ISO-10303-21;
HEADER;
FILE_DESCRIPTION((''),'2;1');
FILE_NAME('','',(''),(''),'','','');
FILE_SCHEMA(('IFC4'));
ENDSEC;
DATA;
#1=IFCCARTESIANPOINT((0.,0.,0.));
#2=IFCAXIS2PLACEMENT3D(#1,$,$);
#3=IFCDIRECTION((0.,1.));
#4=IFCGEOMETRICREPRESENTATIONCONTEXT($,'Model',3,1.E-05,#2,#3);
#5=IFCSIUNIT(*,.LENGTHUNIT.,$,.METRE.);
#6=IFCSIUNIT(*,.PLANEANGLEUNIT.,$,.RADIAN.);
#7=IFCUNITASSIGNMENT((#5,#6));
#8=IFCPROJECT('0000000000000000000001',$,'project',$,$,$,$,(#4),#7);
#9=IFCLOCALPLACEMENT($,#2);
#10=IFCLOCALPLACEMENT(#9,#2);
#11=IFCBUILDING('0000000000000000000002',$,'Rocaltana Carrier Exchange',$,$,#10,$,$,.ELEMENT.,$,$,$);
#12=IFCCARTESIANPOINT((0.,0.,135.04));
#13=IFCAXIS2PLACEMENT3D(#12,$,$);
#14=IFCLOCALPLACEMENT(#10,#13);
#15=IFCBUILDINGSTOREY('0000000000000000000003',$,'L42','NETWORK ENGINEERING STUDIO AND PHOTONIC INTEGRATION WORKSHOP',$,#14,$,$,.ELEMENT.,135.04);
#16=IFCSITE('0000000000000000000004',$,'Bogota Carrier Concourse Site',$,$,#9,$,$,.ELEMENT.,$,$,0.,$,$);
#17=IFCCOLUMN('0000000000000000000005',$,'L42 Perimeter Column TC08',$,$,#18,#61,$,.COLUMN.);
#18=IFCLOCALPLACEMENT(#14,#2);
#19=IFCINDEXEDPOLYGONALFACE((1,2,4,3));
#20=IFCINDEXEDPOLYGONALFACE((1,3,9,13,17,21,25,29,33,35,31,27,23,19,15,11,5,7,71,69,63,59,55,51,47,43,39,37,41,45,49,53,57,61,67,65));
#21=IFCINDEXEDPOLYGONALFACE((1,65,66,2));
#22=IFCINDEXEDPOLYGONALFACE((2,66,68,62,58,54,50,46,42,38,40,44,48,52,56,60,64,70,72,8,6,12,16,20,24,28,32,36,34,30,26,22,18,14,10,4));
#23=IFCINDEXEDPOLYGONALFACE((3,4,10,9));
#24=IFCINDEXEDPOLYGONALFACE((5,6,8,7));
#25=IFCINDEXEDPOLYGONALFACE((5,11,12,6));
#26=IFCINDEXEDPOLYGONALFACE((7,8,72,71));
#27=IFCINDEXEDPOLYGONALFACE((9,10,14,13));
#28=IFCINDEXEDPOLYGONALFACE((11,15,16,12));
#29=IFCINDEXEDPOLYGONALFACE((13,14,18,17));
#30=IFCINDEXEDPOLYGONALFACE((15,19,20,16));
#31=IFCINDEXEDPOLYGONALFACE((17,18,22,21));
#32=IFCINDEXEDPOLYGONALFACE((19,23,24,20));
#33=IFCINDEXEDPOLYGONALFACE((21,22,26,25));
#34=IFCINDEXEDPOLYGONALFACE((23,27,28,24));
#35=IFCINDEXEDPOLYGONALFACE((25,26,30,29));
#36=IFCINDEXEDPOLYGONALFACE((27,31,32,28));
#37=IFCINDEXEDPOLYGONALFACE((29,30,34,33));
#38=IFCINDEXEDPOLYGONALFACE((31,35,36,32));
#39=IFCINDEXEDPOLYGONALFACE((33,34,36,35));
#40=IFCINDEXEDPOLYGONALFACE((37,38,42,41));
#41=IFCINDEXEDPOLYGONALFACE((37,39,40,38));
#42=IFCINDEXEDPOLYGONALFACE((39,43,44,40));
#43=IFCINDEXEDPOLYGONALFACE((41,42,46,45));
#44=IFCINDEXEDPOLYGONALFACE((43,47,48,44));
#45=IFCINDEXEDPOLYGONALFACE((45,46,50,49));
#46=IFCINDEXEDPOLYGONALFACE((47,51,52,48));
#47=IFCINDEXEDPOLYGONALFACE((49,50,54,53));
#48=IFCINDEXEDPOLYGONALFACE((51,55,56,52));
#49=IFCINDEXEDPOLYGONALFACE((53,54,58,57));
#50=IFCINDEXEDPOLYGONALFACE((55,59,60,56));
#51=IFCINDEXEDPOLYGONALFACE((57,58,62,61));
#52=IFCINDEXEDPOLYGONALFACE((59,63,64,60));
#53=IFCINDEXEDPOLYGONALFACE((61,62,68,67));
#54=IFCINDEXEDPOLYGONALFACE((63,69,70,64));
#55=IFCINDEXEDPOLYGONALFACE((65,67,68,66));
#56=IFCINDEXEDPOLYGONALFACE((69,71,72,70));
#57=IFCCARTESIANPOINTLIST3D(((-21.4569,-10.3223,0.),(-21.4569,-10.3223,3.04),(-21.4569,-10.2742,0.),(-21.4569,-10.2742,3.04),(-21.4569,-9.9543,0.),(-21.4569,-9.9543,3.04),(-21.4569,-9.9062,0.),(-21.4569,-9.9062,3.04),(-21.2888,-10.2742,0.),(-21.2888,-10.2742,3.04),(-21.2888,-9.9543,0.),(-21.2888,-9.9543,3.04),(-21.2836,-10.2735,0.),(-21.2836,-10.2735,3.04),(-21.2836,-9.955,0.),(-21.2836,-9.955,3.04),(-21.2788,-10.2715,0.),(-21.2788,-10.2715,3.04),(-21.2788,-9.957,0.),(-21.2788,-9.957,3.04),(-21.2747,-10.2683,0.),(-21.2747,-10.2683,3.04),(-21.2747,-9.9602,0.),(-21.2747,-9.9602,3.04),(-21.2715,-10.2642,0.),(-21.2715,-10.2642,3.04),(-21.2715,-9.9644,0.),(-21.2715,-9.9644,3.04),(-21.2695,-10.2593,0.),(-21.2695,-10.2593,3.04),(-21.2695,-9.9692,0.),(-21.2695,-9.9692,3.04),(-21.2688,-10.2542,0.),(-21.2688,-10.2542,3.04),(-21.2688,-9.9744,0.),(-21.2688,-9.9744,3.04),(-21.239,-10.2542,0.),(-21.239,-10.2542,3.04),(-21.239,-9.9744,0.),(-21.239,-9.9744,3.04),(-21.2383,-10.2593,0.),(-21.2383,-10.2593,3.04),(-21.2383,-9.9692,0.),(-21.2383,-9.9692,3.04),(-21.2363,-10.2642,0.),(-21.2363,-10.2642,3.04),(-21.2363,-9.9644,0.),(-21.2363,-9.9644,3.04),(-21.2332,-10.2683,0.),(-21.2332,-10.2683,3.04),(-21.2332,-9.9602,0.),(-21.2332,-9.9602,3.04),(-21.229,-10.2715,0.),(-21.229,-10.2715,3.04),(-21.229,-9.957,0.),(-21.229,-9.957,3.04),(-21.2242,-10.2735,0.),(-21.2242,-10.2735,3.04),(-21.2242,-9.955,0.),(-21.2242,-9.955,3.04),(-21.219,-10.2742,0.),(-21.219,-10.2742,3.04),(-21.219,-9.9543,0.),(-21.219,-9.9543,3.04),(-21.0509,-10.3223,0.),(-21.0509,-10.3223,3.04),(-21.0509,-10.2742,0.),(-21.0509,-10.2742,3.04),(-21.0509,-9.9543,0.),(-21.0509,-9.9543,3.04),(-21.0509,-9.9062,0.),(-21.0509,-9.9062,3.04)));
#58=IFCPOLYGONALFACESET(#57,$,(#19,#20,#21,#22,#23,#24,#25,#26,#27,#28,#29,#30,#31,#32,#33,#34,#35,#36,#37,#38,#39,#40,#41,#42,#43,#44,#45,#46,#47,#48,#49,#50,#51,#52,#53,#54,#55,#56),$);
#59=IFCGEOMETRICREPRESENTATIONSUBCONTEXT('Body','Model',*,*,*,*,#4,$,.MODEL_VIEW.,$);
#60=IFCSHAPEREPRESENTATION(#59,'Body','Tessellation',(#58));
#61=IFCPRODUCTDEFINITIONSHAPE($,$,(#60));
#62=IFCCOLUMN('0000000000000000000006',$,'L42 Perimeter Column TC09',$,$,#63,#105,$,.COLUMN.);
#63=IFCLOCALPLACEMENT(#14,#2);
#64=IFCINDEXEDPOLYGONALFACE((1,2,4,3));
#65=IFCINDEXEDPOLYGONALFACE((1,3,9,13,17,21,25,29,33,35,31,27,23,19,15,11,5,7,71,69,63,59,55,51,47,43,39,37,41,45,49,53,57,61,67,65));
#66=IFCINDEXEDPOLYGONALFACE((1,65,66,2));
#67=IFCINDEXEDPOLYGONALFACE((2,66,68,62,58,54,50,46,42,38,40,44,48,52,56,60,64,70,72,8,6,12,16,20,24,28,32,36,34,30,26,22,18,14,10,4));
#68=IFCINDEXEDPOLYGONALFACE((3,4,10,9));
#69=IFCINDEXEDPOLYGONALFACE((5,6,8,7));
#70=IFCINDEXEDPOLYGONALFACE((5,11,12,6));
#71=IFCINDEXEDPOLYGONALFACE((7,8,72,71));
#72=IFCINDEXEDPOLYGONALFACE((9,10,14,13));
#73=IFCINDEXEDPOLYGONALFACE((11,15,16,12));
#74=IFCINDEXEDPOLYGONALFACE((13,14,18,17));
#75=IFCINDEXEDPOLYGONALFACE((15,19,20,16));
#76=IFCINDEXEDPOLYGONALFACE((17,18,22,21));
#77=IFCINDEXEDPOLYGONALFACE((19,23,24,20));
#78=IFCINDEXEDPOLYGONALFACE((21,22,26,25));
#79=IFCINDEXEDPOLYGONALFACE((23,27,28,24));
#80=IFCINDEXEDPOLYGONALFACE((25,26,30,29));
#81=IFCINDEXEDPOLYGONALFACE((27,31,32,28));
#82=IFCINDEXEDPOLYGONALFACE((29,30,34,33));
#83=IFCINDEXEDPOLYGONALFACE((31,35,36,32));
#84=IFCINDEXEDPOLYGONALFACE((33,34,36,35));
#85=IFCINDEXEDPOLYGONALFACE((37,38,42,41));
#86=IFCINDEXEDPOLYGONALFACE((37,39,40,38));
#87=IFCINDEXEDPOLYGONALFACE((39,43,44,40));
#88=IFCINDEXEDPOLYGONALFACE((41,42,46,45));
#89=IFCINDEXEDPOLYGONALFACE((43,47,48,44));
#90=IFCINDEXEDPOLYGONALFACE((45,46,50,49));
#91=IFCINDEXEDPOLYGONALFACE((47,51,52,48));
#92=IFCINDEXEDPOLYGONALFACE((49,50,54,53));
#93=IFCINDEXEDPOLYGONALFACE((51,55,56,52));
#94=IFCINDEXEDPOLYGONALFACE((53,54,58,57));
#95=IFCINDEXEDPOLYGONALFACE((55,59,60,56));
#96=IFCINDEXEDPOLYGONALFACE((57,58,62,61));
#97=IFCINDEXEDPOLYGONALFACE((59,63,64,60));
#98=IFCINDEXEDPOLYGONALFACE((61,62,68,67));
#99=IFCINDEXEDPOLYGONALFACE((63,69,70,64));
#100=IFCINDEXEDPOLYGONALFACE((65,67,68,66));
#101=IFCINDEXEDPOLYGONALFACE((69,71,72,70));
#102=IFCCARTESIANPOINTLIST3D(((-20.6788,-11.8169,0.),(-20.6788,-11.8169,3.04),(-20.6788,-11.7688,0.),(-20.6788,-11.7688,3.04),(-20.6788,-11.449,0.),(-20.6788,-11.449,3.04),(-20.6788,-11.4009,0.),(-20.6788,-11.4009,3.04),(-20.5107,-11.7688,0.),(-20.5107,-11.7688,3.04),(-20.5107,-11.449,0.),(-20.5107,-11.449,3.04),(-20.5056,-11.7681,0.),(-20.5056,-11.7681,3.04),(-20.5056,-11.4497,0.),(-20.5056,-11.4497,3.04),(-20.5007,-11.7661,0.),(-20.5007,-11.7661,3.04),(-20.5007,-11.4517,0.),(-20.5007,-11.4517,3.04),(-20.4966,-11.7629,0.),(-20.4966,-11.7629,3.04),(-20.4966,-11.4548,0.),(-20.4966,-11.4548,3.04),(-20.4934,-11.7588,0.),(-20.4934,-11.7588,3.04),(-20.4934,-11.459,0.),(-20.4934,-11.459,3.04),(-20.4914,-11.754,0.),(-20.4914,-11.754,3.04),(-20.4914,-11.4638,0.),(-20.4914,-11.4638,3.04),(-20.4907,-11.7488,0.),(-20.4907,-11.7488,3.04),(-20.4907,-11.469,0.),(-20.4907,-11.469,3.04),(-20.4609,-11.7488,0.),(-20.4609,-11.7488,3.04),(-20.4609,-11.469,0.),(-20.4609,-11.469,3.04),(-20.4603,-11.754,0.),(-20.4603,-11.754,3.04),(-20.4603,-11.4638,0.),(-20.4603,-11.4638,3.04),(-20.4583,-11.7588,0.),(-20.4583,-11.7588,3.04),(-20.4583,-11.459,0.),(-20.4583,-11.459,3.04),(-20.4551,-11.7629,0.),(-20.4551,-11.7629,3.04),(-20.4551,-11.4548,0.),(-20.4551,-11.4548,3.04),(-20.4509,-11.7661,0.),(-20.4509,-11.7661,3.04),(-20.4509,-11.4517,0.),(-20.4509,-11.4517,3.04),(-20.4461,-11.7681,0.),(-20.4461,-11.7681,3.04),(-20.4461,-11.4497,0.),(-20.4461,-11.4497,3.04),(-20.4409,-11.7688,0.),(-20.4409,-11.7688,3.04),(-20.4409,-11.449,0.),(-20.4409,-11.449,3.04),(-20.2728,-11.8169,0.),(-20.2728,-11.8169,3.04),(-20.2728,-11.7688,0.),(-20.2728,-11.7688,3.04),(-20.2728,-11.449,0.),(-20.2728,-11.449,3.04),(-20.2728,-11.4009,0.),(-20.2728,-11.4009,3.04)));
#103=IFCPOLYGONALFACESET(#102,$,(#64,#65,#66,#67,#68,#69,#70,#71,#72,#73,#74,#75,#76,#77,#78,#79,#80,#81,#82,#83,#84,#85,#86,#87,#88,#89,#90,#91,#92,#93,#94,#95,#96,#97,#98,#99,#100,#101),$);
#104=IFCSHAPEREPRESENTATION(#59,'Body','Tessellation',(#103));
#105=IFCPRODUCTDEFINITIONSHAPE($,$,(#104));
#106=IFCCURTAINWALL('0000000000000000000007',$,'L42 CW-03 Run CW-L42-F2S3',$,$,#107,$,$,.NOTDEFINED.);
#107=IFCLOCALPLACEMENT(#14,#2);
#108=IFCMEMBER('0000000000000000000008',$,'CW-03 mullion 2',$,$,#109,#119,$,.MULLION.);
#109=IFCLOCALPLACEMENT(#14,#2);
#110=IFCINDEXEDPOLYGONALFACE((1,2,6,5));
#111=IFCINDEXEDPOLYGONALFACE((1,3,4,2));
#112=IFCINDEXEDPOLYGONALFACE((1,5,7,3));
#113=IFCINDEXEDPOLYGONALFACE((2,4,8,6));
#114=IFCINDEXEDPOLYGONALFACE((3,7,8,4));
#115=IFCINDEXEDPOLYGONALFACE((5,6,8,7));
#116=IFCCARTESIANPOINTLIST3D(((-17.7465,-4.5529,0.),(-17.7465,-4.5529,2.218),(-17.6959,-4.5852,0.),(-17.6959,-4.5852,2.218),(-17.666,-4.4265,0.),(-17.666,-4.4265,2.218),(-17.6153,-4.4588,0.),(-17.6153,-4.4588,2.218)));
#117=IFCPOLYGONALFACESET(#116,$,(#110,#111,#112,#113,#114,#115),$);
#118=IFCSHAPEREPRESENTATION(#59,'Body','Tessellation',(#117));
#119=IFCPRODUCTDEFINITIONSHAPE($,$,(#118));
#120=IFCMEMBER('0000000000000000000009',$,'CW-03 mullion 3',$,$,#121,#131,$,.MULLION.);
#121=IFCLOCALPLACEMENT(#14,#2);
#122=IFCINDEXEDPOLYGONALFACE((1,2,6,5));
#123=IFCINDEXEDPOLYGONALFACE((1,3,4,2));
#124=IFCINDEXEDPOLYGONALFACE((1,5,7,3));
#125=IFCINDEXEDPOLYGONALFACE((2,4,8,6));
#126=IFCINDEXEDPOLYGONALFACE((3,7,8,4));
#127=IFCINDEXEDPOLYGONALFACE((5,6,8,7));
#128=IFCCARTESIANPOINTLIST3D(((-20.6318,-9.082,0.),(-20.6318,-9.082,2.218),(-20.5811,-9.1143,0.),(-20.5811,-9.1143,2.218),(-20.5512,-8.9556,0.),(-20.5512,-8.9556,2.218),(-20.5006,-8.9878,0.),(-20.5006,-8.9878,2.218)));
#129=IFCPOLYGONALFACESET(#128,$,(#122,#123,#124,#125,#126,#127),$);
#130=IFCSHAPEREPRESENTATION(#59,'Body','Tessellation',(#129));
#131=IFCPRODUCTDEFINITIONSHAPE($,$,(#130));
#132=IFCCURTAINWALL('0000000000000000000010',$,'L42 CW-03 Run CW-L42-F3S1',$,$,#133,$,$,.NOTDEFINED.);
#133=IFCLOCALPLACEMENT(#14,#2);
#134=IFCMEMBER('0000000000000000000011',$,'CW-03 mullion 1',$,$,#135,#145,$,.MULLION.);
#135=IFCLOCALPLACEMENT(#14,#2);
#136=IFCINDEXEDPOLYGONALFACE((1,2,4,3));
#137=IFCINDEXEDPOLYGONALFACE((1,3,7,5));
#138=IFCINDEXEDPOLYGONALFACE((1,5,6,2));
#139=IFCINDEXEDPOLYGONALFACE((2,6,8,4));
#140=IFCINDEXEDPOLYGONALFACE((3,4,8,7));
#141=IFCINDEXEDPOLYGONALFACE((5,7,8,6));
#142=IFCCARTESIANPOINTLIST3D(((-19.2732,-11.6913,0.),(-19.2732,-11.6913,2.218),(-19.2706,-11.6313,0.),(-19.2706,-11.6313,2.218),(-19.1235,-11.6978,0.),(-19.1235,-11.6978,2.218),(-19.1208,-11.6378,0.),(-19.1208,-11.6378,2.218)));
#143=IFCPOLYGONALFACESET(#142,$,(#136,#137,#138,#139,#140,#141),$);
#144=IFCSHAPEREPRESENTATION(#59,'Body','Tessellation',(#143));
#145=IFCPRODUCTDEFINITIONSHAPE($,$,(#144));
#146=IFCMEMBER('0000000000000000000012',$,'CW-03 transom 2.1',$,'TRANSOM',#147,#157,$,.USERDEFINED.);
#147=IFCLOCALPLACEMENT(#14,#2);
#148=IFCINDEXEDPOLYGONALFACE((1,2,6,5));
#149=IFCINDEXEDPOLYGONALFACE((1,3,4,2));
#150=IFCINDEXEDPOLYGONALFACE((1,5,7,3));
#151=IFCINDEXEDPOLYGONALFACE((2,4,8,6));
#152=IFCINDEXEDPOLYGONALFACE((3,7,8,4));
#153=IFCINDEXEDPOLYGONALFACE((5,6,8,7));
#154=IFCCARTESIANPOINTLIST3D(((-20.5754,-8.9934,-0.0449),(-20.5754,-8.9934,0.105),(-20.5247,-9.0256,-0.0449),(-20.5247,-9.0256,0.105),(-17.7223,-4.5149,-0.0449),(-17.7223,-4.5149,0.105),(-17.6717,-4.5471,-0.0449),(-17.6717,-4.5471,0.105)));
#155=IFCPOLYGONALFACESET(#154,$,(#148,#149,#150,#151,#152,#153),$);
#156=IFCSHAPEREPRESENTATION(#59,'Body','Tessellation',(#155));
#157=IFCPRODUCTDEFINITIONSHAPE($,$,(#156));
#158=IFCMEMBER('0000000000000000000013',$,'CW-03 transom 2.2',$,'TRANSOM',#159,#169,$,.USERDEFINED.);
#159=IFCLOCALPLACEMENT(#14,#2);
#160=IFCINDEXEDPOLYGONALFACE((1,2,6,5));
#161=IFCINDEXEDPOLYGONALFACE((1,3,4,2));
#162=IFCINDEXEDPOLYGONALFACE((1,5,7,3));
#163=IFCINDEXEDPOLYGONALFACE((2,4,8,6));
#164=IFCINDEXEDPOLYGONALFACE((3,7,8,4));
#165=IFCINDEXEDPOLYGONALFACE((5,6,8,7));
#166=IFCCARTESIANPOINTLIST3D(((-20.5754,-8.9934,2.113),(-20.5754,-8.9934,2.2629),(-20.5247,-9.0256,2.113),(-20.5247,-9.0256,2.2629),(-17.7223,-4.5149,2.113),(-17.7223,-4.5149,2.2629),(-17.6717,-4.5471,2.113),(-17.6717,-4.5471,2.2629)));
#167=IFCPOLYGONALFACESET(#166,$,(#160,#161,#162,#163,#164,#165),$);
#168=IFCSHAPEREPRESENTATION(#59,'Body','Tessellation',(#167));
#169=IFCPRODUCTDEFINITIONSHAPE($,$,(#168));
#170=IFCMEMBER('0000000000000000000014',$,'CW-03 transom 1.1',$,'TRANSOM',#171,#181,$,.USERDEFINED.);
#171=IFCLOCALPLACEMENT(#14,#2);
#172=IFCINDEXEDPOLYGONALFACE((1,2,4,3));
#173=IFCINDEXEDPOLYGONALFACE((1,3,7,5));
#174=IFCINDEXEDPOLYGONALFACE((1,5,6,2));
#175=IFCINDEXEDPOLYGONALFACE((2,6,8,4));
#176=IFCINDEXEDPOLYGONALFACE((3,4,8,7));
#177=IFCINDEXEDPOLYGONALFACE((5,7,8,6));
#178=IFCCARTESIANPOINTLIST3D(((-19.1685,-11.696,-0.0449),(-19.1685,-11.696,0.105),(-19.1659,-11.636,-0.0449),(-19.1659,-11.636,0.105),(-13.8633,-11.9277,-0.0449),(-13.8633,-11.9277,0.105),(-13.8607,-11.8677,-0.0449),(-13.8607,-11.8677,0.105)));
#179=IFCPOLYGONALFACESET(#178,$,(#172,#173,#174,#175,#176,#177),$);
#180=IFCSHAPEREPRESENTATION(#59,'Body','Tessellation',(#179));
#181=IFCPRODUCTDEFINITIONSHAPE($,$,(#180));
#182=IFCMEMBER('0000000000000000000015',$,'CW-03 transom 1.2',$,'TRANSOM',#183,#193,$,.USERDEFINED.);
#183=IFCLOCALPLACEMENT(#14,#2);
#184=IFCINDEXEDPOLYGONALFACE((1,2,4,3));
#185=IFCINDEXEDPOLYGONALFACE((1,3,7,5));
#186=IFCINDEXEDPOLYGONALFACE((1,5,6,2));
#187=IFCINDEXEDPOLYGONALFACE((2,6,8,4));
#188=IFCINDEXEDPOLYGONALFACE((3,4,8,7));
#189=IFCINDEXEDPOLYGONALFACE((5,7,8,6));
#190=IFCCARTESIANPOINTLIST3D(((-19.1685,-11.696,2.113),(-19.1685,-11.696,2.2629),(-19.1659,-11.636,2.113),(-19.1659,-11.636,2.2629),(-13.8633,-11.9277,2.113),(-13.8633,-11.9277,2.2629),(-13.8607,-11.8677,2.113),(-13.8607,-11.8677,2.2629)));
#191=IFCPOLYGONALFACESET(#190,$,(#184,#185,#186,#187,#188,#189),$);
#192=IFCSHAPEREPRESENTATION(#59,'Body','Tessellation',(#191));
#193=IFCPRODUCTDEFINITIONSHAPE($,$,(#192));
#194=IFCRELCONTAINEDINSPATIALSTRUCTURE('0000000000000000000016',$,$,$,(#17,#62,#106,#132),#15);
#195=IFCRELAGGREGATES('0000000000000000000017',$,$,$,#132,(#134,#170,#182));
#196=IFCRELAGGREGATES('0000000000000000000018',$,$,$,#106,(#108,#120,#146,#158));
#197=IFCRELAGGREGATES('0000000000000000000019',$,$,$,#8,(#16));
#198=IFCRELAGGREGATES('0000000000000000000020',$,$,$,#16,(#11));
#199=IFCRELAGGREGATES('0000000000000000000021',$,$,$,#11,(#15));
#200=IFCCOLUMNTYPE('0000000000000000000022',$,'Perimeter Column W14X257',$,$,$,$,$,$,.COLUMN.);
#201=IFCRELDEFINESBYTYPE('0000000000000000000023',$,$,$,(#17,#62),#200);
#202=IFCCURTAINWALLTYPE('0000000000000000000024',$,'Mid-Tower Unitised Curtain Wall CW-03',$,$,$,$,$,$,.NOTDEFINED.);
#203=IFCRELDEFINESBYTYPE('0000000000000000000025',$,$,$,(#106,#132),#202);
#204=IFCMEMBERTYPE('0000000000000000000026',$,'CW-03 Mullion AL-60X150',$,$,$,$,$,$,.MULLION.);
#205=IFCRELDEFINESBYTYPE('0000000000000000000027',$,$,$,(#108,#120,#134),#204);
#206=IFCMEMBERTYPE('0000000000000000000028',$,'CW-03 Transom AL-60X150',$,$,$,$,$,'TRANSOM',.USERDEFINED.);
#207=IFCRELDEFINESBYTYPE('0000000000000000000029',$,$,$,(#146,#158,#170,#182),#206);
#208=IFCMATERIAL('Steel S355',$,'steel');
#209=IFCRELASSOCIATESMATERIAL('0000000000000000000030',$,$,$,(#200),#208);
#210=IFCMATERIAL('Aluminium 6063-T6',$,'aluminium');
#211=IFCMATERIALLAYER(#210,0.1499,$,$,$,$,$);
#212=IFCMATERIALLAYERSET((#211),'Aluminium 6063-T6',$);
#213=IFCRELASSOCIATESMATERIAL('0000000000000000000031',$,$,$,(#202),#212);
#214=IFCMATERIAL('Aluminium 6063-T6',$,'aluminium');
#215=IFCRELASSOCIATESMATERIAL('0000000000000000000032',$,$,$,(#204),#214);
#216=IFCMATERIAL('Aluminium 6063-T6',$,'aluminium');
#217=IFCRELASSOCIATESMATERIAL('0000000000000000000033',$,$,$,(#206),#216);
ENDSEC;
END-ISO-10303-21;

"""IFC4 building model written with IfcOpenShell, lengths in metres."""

from ifc_helpers import new_model, si_unit, direction, frame, origin, origin_2d, place, context, subcontext, project, spatial, rectangle, i_section, extrude, material, layer, layer_set, material_profile, profile_set, type_object, element, aggregate, save


model = new_model("IFC4")

# Units and contexts
model_context = context("Model", 3, precision=1e-05, world=origin(), true_north=direction((0.0, 1.0)))
body_context = subcontext(model_context, "Body", "Model", "MODEL_VIEW")
ifc_project = project(units=[si_unit("LENGTHUNIT", "METRE"), si_unit("PLANEANGLEUNIT", "RADIAN")], contexts=[model_context])

# Site, building, storey
site_placement = place(None, origin())
site = spatial("IfcSite", under=ifc_project, at=site_placement, Name="Bogota Carrier Concourse Site", CompositionType="ELEMENT", RefElevation=0.0)
building_placement = place(site_placement, origin())
building = spatial("IfcBuilding", under=site, at=building_placement, Name="Rocaltana Carrier Exchange", CompositionType="ELEMENT")
storey_placement = place(building_placement, frame((0.0, 0.0, 135.04)))
storey = spatial("IfcBuildingStorey", under=building, at=storey_placement, Name="L42", Description="NETWORK ENGINEERING STUDIO AND PHOTONIC INTEGRATION WORKSHOP", CompositionType="ELEMENT", Elevation=135.04)

# Columns
ifc_material_1 = material(Name="Steel S355", Category="steel")
ifc_material_profile_1 = material_profile(ifc_material_1, i_section(OverallWidth=0.406, OverallDepth=0.416, WebThickness=0.0298, FlangeThickness=0.0481, FilletRadius=0.02, at=origin_2d()), Name="W14X257")
ifc_profile_set_1 = profile_set([ifc_material_profile_1], Name="Steel S355")
column_type = type_object("IfcColumnType", Name="Perimeter Column W14X257", PredefinedType="COLUMN", material=ifc_profile_set_1)
for number, where, z_axis, x_axis, name in (
    (1, (-21.2539, -10.1143, 0.0), (0.0, 0.0, 1.0), (1.0, 0.0, 0.0), "L42 Perimeter Column TC08"),
    (2, (-20.4758, -11.6089, 0.0), (0.0, 0.0, 1.0), (1.0, 0.0, 0.0), "L42 Perimeter Column TC09"),
):
    element("IfcColumn", number, at=place(storey_placement, frame(where, z_axis=z_axis, x_axis=x_axis)), inside=storey, type_object=column_type, Name=name, PredefinedType="COLUMN", context=body_context, shape_type="SweptSolid", body=[
        extrude(i_section(OverallWidth=0.406, OverallDepth=0.416, WebThickness=0.0298, FlangeThickness=0.0481, FilletRadius=0.02, at=origin_2d()), origin(), (0.0, 0.0, 1.0), 3.04),
    ])

# Curtain wall, members
ifc_material_2 = material(Name="Aluminium 6063-T6", Category="aluminium")
ifc_layer_1 = layer(ifc_material_2, 0.1499)
ifc_layer_set_1 = layer_set([ifc_layer_1], Name="Aluminium 6063-T6")
curtain_wall_type = type_object("IfcCurtainWallType", Name="Mid-Tower Unitised Curtain Wall CW-03", PredefinedType="NOTDEFINED", material=ifc_layer_set_1)
curtain_wall_1_placement = place(storey_placement, origin())
curtain_wall_1 = element("IfcCurtainWall", 3, at=curtain_wall_1_placement, inside=storey, type_object=curtain_wall_type, Name="L42 CW-03 Run CW-L42-F2S3", PredefinedType="NOTDEFINED")
ifc_material_3 = material(Name="Aluminium 6063-T6", Category="aluminium")
ifc_material_profile_2 = material_profile(ifc_material_3, rectangle(XDim=0.0601, YDim=0.1499, at=origin_2d()), Name="AL-60X150")
ifc_profile_set_2 = profile_set([ifc_material_profile_2], Name="Aluminium 6063-T6")
member_type_1 = type_object("IfcMemberType", Name="CW-03 Mullion AL-60X150", PredefinedType="MULLION", material=ifc_profile_set_2)
member_1_placement = place(storey_placement, frame((-17.6809, -4.5059, 0.0), z_axis=(0.0, 0.0, 1.0), x_axis=(0.843391, -0.537301, 0.0)))
member_1 = element("IfcMember", 4, at=member_1_placement, type_object=member_type_1, Name="CW-03 mullion 2", PredefinedType="MULLION", context=body_context, shape_type="SweptSolid", body=[
    extrude(rectangle(XDim=0.0601, YDim=0.1499, at=origin_2d()), origin(), (0.0, 0.0, 1.0), 2.218),
])
member_2_placement = place(storey_placement, frame((-20.5662, -9.0349, 0.0), z_axis=(0.0, 0.0, 1.0), x_axis=(0.843391, -0.537301, 0.0)))
member_2 = element("IfcMember", 5, at=member_2_placement, type_object=member_type_1, Name="CW-03 mullion 3", PredefinedType="MULLION", context=body_context, shape_type="SweptSolid", body=[
    extrude(rectangle(XDim=0.0601, YDim=0.1499, at=origin_2d()), origin(), (0.0, 0.0, 1.0), 2.218),
])

# Curtain wall, member
curtain_wall_2_placement = place(storey_placement, origin())
curtain_wall_2 = element("IfcCurtainWall", 6, at=curtain_wall_2_placement, inside=storey, type_object=curtain_wall_type, Name="L42 CW-03 Run CW-L42-F3S1", PredefinedType="NOTDEFINED")
member_3_placement = place(storey_placement, frame((-19.197, -11.6646, 0.0), z_axis=(0.0, 0.0, 1.0), x_axis=(0.043629, 0.999048, 0.0)))
member_3 = element("IfcMember", 7, at=member_3_placement, type_object=member_type_1, Name="CW-03 mullion 1", PredefinedType="MULLION", context=body_context, shape_type="SweptSolid", body=[
    extrude(rectangle(XDim=0.0601, YDim=0.1499, at=origin_2d()), origin(), (0.0, 0.0, 1.0), 2.218),
])

# Members
ifc_material_4 = material(Name="Aluminium 6063-T6", Category="aluminium")
ifc_material_profile_3 = material_profile(ifc_material_4, rectangle(XDim=0.0601, YDim=0.1499, at=origin_2d()), Name="AL-60X150")
ifc_profile_set_3 = profile_set([ifc_material_profile_3], Name="Aluminium 6063-T6")
member_type_2 = type_object("IfcMemberType", Name="CW-03 Transom AL-60X150", ElementType="TRANSOM", PredefinedType="USERDEFINED", material=ifc_profile_set_3)
member_4_placement = place(storey_placement, frame((-17.697, -4.531, 0.03), z_axis=(-0.537286, -0.8434, 0.0), x_axis=(0.8434, -0.537286, 0.0)))
member_4 = element("IfcMember", 8, at=member_4_placement, type_object=member_type_2, Name="CW-03 transom 2.1", ObjectType="TRANSOM", PredefinedType="USERDEFINED", context=body_context, shape_type="SweptSolid", body=[
    extrude(rectangle(XDim=0.0601, YDim=0.1499, at=origin_2d()), origin(), (0.0, 0.0, 1.0), 5.3101),
])
member_5_placement = place(storey_placement, frame((-17.697, -4.531, 2.188), z_axis=(-0.537286, -0.8434, 0.0), x_axis=(0.8434, -0.537286, 0.0)))
member_5 = element("IfcMember", 9, at=member_5_placement, type_object=member_type_2, Name="CW-03 transom 2.2", ObjectType="TRANSOM", PredefinedType="USERDEFINED", context=body_context, shape_type="SweptSolid", body=[
    extrude(rectangle(XDim=0.0601, YDim=0.1499, at=origin_2d()), origin(), (0.0, 0.0, 1.0), 5.3101),
])
member_6_placement = place(storey_placement, frame((-19.1672, -11.666, 0.03), z_axis=(0.999048, -0.043631, 0.0), x_axis=(0.043631, 0.999048, 0.0)))
member_6 = element("IfcMember", 10, at=member_6_placement, type_object=member_type_2, Name="CW-03 transom 1.1", ObjectType="TRANSOM", PredefinedType="USERDEFINED", context=body_context, shape_type="SweptSolid", body=[
    extrude(rectangle(XDim=0.0601, YDim=0.1499, at=origin_2d()), origin(), (0.0, 0.0, 1.0), 5.3103),
])
member_7_placement = place(storey_placement, frame((-19.1672, -11.666, 2.188), z_axis=(0.999048, -0.043631, 0.0), x_axis=(0.043631, 0.999048, 0.0)))
member_7 = element("IfcMember", 11, at=member_7_placement, type_object=member_type_2, Name="CW-03 transom 1.2", ObjectType="TRANSOM", PredefinedType="USERDEFINED", context=body_context, shape_type="SweptSolid", body=[
    extrude(rectangle(XDim=0.0601, YDim=0.1499, at=origin_2d()), origin(), (0.0, 0.0, 1.0), 5.3103),
])
aggregate(curtain_wall_2, [member_3, member_6, member_7])

aggregate(curtain_wall_1, [member_1, member_2, member_4, member_5])

save(model, "model.ifc")
